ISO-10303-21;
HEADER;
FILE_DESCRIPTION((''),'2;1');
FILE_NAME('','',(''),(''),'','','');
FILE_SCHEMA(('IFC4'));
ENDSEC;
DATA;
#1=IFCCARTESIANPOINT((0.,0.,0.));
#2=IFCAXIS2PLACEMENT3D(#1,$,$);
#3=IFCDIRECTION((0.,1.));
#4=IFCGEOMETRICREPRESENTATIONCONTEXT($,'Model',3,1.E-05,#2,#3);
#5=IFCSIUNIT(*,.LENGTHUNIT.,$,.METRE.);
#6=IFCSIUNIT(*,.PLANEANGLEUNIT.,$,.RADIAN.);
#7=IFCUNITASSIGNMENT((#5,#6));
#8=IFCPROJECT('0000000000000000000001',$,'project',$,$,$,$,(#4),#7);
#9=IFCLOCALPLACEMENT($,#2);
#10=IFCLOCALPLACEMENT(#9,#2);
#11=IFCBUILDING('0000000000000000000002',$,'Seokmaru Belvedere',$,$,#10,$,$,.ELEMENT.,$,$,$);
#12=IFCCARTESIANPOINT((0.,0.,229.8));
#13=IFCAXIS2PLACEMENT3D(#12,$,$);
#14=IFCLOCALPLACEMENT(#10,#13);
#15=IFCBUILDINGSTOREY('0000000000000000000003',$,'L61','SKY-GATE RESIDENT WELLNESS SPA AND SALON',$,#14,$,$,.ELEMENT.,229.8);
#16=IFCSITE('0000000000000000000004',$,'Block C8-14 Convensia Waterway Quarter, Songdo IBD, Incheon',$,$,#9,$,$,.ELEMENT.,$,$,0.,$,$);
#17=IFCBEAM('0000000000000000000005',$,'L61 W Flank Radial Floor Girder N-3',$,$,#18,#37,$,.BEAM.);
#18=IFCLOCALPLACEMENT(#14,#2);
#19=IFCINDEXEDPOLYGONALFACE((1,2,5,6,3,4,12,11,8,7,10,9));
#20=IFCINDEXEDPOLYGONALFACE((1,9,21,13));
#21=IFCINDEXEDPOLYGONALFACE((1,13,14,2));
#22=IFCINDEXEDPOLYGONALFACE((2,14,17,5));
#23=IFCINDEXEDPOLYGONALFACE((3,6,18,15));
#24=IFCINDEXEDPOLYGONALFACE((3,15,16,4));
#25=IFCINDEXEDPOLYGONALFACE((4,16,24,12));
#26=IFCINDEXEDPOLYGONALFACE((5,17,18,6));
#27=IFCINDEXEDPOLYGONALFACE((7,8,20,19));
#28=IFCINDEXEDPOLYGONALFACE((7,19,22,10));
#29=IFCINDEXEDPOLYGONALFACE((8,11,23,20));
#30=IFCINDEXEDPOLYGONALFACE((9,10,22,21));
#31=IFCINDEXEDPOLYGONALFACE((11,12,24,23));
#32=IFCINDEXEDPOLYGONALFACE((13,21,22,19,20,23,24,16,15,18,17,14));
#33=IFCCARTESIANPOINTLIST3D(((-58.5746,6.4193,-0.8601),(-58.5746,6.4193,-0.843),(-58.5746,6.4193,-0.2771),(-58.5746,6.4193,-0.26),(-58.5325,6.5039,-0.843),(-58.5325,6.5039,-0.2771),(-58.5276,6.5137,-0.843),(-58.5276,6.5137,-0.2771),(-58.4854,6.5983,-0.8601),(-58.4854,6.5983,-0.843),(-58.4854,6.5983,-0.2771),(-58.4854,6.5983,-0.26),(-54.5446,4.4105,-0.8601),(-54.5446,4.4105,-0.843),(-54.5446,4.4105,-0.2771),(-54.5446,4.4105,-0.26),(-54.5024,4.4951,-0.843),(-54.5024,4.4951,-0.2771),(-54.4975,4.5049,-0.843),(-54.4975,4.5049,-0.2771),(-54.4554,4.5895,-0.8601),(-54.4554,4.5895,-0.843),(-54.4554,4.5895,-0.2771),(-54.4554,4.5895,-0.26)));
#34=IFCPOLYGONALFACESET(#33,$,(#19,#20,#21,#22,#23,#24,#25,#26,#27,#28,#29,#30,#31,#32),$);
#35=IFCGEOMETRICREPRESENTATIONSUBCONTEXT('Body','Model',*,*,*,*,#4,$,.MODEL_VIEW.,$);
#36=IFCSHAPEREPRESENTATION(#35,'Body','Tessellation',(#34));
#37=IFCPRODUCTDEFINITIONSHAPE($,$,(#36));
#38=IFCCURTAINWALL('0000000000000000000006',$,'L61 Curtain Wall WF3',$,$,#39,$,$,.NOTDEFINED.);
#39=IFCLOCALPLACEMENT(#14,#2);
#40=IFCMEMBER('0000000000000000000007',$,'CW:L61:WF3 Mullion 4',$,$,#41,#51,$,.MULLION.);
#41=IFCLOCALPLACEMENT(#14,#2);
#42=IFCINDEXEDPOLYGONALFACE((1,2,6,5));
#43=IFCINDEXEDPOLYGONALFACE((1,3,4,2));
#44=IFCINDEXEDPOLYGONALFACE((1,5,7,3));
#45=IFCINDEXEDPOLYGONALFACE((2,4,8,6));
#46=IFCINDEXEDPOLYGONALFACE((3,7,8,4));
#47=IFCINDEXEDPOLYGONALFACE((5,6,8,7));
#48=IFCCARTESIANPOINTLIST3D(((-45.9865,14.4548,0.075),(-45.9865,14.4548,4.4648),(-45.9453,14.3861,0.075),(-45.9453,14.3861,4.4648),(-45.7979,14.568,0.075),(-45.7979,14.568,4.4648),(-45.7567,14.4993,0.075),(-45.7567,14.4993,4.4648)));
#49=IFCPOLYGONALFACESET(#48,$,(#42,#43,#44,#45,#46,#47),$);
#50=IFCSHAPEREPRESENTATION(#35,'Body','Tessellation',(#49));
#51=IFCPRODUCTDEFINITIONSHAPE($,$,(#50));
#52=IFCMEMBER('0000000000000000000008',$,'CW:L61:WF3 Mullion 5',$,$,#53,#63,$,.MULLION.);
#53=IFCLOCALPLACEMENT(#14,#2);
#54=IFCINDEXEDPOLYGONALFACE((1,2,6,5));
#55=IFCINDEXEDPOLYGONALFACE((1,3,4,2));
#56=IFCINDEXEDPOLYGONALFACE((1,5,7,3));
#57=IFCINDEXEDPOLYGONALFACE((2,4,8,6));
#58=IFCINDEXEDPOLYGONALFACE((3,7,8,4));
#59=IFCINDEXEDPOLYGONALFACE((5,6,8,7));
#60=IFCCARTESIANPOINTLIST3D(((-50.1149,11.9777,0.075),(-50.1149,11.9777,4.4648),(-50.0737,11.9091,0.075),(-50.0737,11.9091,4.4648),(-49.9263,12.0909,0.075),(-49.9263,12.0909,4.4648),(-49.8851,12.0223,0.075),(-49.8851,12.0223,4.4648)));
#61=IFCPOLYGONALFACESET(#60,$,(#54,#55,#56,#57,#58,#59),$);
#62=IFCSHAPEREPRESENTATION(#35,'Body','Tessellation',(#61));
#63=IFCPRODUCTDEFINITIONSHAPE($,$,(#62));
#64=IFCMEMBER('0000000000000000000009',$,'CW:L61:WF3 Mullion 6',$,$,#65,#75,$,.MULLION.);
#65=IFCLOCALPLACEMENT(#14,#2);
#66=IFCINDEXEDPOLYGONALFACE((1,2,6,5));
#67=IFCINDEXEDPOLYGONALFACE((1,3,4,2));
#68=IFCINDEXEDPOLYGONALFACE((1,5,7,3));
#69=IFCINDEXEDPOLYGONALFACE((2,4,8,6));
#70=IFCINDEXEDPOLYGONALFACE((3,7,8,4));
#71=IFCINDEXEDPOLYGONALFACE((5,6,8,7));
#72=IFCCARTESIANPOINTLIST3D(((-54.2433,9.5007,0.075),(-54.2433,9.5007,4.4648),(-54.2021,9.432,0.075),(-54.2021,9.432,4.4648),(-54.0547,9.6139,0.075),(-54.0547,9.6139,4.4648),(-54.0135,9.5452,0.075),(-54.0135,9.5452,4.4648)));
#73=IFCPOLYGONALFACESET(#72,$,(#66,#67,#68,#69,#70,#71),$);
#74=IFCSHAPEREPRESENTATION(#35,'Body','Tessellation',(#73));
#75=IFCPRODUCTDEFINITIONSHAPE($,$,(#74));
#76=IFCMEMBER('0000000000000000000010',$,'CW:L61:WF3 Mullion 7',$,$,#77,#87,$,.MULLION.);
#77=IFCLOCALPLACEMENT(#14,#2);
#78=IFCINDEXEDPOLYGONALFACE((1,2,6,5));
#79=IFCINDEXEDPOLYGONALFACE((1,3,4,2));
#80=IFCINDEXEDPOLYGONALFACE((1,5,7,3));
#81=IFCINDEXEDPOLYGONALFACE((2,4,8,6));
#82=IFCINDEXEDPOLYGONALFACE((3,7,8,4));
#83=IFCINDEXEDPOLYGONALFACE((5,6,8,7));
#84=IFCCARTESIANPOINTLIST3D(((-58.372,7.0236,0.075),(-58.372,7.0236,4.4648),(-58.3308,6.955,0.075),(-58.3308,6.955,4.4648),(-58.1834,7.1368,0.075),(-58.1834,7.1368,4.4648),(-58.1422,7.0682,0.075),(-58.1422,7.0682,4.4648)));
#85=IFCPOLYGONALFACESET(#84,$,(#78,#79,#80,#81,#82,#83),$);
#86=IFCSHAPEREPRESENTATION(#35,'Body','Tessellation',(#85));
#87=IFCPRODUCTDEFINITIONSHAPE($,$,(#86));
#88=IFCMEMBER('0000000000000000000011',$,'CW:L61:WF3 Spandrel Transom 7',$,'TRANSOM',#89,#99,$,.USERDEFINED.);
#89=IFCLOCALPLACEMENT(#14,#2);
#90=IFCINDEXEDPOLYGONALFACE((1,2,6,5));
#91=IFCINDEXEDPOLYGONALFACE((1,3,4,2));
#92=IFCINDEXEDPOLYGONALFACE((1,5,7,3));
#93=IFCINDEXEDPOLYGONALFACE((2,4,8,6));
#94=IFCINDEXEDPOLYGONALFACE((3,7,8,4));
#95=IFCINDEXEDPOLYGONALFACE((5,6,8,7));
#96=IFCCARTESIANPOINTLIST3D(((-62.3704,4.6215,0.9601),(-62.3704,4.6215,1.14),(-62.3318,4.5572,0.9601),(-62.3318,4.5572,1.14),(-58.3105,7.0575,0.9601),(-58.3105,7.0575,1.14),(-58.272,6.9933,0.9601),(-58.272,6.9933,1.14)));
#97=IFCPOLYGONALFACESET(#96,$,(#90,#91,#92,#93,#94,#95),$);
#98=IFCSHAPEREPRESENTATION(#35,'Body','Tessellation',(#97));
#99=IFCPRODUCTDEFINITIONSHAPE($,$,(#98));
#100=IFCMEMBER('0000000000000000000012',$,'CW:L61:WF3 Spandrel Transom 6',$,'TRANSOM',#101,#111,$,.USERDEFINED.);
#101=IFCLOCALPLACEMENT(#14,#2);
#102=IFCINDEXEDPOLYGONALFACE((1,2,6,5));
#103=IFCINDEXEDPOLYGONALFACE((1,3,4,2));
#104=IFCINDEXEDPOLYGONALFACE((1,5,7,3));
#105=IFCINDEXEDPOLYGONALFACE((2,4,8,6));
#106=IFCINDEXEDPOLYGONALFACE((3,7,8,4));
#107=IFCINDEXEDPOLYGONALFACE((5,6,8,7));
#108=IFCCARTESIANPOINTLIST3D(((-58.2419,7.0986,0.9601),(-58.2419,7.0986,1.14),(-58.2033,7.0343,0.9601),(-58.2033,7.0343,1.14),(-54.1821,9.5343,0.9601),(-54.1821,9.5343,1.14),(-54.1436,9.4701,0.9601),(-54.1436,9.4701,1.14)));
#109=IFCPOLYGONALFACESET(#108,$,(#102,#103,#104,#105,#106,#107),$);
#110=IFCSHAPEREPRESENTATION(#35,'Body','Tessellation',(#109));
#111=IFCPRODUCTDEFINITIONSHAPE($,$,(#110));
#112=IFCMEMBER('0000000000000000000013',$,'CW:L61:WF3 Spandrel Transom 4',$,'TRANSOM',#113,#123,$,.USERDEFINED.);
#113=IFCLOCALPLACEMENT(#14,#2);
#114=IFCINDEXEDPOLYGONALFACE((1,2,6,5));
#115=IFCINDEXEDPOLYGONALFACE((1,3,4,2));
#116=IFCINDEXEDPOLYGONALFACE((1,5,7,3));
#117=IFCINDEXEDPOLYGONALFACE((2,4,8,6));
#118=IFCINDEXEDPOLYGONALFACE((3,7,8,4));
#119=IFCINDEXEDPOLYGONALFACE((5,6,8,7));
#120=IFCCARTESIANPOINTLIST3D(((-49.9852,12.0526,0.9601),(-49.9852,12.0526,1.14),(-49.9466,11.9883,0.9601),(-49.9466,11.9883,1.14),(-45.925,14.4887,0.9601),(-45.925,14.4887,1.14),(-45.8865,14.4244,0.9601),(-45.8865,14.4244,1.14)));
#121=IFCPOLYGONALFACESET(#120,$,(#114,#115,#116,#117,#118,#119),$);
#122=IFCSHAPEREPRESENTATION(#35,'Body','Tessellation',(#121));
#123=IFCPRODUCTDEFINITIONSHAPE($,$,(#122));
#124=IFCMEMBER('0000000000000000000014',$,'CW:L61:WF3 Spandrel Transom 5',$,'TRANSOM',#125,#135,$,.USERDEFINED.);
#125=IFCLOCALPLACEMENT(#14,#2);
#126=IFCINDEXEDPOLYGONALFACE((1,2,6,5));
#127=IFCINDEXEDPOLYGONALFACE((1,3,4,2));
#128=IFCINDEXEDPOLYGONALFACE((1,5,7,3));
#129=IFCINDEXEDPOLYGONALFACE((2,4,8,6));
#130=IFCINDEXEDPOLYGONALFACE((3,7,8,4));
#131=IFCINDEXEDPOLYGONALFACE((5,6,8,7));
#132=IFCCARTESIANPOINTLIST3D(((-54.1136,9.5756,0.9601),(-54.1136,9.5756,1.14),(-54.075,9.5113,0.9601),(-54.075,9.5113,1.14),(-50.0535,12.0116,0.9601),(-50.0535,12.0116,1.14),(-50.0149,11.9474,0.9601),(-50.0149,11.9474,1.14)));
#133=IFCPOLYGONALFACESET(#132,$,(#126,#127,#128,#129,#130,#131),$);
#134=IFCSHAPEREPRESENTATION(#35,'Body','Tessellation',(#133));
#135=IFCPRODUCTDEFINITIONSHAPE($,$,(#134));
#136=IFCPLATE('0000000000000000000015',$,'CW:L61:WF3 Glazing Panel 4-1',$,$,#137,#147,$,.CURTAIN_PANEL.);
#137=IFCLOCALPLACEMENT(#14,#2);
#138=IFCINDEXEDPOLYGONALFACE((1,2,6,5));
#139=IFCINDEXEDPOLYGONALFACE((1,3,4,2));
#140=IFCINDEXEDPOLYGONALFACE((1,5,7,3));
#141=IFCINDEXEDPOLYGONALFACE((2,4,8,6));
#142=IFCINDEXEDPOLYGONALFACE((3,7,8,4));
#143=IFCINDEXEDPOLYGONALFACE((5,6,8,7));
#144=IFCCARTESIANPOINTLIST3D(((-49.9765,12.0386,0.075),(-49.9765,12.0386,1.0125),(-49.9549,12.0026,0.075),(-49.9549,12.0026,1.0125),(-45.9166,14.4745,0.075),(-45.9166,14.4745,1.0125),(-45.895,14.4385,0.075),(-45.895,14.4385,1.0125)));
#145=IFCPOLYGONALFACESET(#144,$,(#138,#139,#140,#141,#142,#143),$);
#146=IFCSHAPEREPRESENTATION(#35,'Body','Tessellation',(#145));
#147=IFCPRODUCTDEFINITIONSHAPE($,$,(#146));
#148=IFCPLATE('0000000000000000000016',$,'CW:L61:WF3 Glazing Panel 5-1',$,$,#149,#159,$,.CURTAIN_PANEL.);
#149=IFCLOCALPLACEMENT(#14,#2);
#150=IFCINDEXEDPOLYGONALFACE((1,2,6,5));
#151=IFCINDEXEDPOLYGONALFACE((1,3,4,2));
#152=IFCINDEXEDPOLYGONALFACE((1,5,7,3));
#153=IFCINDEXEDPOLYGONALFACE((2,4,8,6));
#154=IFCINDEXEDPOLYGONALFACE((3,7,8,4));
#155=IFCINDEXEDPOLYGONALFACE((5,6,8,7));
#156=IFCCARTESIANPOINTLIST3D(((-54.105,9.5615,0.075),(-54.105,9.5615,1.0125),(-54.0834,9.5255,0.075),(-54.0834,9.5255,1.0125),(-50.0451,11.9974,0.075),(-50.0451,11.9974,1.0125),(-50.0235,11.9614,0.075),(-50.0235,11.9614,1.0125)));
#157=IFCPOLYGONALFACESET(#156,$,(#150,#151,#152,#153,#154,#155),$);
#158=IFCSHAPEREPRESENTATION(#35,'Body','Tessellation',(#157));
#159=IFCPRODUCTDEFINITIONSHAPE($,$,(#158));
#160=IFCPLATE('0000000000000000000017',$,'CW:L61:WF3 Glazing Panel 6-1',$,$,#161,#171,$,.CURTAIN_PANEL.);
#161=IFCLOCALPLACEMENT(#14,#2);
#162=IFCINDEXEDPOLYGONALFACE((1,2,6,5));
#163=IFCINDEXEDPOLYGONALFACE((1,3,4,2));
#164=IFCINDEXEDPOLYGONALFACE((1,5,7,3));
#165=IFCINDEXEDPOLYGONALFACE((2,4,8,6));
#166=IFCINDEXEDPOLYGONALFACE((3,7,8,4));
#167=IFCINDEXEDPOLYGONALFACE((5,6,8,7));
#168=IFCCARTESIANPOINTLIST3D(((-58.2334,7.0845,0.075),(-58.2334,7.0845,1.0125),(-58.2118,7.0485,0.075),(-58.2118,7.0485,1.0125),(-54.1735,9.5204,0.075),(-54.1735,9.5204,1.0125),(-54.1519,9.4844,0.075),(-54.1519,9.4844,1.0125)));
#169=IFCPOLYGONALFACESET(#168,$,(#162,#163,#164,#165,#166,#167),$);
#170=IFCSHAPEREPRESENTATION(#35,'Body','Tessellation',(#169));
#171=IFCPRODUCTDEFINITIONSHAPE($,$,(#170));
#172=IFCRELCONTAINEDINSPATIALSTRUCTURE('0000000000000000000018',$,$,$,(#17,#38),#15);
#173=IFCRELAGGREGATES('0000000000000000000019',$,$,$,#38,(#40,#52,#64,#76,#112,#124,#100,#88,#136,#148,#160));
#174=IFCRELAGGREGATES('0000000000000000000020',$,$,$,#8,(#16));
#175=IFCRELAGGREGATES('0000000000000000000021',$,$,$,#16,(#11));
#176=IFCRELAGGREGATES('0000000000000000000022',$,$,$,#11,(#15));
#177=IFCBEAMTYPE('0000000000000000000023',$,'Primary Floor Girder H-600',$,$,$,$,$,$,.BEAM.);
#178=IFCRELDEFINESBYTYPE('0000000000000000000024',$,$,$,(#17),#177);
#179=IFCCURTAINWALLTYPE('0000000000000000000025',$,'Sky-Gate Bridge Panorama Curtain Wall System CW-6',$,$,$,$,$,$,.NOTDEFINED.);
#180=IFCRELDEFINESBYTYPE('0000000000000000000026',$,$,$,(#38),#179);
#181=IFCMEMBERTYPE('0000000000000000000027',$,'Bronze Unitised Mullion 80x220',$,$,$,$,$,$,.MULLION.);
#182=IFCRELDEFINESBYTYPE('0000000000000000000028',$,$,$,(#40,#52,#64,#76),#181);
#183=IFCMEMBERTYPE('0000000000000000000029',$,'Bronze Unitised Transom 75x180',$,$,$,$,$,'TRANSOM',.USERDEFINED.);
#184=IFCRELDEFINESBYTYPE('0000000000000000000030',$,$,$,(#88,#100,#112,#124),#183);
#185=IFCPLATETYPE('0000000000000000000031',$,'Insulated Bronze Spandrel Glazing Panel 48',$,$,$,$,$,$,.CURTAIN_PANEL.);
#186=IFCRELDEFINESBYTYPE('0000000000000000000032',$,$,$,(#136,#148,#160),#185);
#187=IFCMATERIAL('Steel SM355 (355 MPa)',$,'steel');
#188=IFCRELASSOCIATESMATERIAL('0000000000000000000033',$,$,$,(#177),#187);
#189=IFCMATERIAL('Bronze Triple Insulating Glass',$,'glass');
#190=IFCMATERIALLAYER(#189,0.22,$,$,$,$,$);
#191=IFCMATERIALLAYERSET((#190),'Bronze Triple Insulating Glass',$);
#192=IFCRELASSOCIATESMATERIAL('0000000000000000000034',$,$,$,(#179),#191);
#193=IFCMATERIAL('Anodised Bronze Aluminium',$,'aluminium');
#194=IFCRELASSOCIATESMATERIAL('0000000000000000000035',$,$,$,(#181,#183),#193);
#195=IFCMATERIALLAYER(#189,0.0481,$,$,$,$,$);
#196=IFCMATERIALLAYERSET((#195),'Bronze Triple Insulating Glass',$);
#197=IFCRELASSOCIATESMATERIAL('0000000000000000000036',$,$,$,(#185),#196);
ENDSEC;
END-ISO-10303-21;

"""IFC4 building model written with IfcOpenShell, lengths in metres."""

from ifc_helpers import new_model, si_unit, direction, frame, origin, origin_2d, place, context, subcontext, project, spatial, rectangle, i_section, extrude, source, transform, mapped, material, layer, layer_set, material_profile, profile_set, type_object, type_shapes, element, aggregate, save


model = new_model("IFC4")

# Units and contexts
model_context = context("Model", 3, precision=1e-05, world=origin(), true_north=direction((0.0, 1.0)))
body_context = subcontext(model_context, "Body", "Model", "MODEL_VIEW")
ifc_project = project(units=[si_unit("LENGTHUNIT", "METRE"), si_unit("PLANEANGLEUNIT", "RADIAN")], contexts=[model_context])

# Site, building, storey
site_placement = place(None, origin())
site = spatial("IfcSite", under=ifc_project, at=site_placement, Name="Block C8-14 Convensia Waterway Quarter, Songdo IBD, Incheon", CompositionType="ELEMENT", RefElevation=0.0)
building_placement = place(site_placement, origin())
building = spatial("IfcBuilding", under=site, at=building_placement, Name="Seokmaru Belvedere", CompositionType="ELEMENT")
storey_placement = place(building_placement, frame((0.0, 0.0, 229.8)))
storey = spatial("IfcBuildingStorey", under=building, at=storey_placement, Name="L61", Description="SKY-GATE RESIDENT WELLNESS SPA AND SALON", CompositionType="ELEMENT", Elevation=229.8)

# Shared definitions
ifc_material_1 = material(Name="Steel SM355 (355 MPa)", Category="steel")

# Beam
ifc_material_profile_1 = material_profile(ifc_material_1, i_section(OverallWidth=0.2, OverallDepth=0.6001, WebThickness=0.011, FlangeThickness=0.0171, at=origin_2d()), Name="H-600x200x11x17")
ifc_profile_set_1 = profile_set([ifc_material_profile_1], Name="Steel SM355 (355 MPa)")
beam_type_1 = type_object("IfcBeamType", Name="Primary Floor Girder H-600", PredefinedType="BEAM", material=ifc_profile_set_1)
shared_shape_1 = source(origin(), body_context, "Body", "SweptSolid", [
    extrude(i_section(OverallWidth=0.2, OverallDepth=0.6001, WebThickness=0.011, FlangeThickness=0.0171, at=origin_2d()), origin(), (0.0, 0.0, 1.0), 4.5029),
])
beam_1_placement = place(storey_placement, frame((-58.53, 6.5088, -0.5601), z_axis=(0.89498, -0.446107, 0.0), x_axis=(0.446107, 0.89498, 0.0)))
element("IfcBeam", 1, at=beam_1_placement, inside=storey, type_object=beam_type_1, Name="L61 W Flank Radial Floor Girder N-3", PredefinedType="BEAM", context=body_context, shape_type="MappedRepresentation", body=[
    mapped(shared_shape_1, transform((0.0, 0.0, 0.0), scale=1.0)),
])

# Curtain wall, members, plates
ifc_material_2 = material(Name="Bronze Triple Insulating Glass", Category="glass")
ifc_layer_1 = layer(ifc_material_2, 0.22)
ifc_layer_set_1 = layer_set([ifc_layer_1], Name="Bronze Triple Insulating Glass")
curtain_wall_type = type_object("IfcCurtainWallType", Name="Sky-Gate Bridge Panorama Curtain Wall System CW-6", PredefinedType="NOTDEFINED", material=ifc_layer_set_1)
curtain_wall_placement = place(storey_placement, origin())
curtain_wall = element("IfcCurtainWall", 2, at=curtain_wall_placement, inside=storey, type_object=curtain_wall_type, Name="L61 Curtain Wall WF3", PredefinedType="NOTDEFINED")
ifc_material_3 = material(Name="Anodised Bronze Aluminium", Category="aluminium")
ifc_material_profile_2 = material_profile(ifc_material_3, rectangle(XDim=0.0801, YDim=0.22, at=origin_2d()), Name="CW-M-80x220")
ifc_profile_set_2 = profile_set([ifc_material_profile_2], Name="Anodised Bronze Aluminium")
member_type_1 = type_object("IfcMemberType", Name="Bronze Unitised Mullion 80x220", PredefinedType="MULLION", material=ifc_profile_set_2)
shared_shape_2 = source(origin(), body_context, "Body", "SweptSolid", [
    extrude(rectangle(XDim=0.0801, YDim=0.22, at=origin_2d()), origin(), (0.0, 0.0, 1.0), 4.3899),
])
type_shapes(member_type_1, [shared_shape_2])
member_1_placement = place(storey_placement, frame((-45.8716, 14.4771, 0.075), z_axis=(0.0, 0.0, 1.0), x_axis=(0.514495, -0.857493, 0.0)))
member_1 = element("IfcMember", 3, at=member_1_placement, type_object=member_type_1, Name="CW:L61:WF3 Mullion 4", PredefinedType="MULLION", context=body_context, shape_type="MappedRepresentation", body=[
    mapped(shared_shape_2, transform((0.0, 0.0, 0.0), scale=1.0)),
])
member_2_placement = place(storey_placement, frame((-50.0, 12.0, 0.075), z_axis=(0.0, 0.0, 1.0), x_axis=(0.514495, -0.857493, 0.0)))
member_2 = element("IfcMember", 4, at=member_2_placement, type_object=member_type_1, Name="CW:L61:WF3 Mullion 5", PredefinedType="MULLION", context=body_context, shape_type="MappedRepresentation", body=[
    mapped(shared_shape_2, transform((0.0, 0.0, 0.0), scale=1.0)),
])
member_3_placement = place(storey_placement, frame((-54.1284, 9.5229, 0.075), z_axis=(0.0, 0.0, 1.0), x_axis=(0.514495, -0.857493, 0.0)))
member_3 = element("IfcMember", 5, at=member_3_placement, type_object=member_type_1, Name="CW:L61:WF3 Mullion 6", PredefinedType="MULLION", context=body_context, shape_type="MappedRepresentation", body=[
    mapped(shared_shape_2, transform((0.0, 0.0, 0.0), scale=1.0)),
])
member_4_placement = place(storey_placement, frame((-58.2571, 7.0459, 0.075), z_axis=(0.0, 0.0, 1.0), x_axis=(0.514495, -0.857493, 0.0)))
member_4 = element("IfcMember", 6, at=member_4_placement, type_object=member_type_1, Name="CW:L61:WF3 Mullion 7", PredefinedType="MULLION", context=body_context, shape_type="MappedRepresentation", body=[
    mapped(shared_shape_2, transform((0.0, 0.0, 0.0), scale=1.0)),
])
ifc_material_profile_3 = material_profile(ifc_material_3, rectangle(XDim=0.075, YDim=0.1799, at=origin_2d()), Name="CW-T-75x180")
ifc_profile_set_3 = profile_set([ifc_material_profile_3], Name="Anodised Bronze Aluminium")
member_type_2 = type_object("IfcMemberType", Name="Bronze Unitised Transom 75x180", ElementType="TRANSOM", PredefinedType="USERDEFINED", material=ifc_profile_set_3)
shared_shape_3 = source(origin(), body_context, "Body", "SweptSolid", [
    extrude(rectangle(XDim=0.075, YDim=0.1799, at=origin_2d()), origin(), (0.0, 0.0, 1.0), 4.7346),
])
member_5_placement = place(storey_placement, frame((-58.2913, 7.0254, 1.05), z_axis=(-0.857479, -0.514519, 0.0), x_axis=(0.514519, -0.857479, 0.0)))
member_5 = element("IfcMember", 7, at=member_5_placement, type_object=member_type_2, Name="CW:L61:WF3 Spandrel Transom 7", ObjectType="TRANSOM", PredefinedType="USERDEFINED", context=body_context, shape_type="MappedRepresentation", body=[
    mapped(shared_shape_3, transform((0.0, 0.0, 0.0), scale=1.0)),
])
shared_shape_4 = source(origin(), body_context, "Body", "SweptSolid", [
    extrude(rectangle(XDim=0.075, YDim=0.1799, at=origin_2d()), origin(), (0.0, 0.0, 1.0), 4.7344),
])
member_6_placement = place(storey_placement, frame((-54.1628, 9.5022, 1.05), z_axis=(-0.857502, -0.514481, 0.0), x_axis=(0.514481, -0.857502, 0.0)))
member_6 = element("IfcMember", 8, at=member_6_placement, type_object=member_type_2, Name="CW:L61:WF3 Spandrel Transom 6", ObjectType="TRANSOM", PredefinedType="USERDEFINED", context=body_context, shape_type="MappedRepresentation", body=[
    mapped(shared_shape_4, transform((0.0, 0.0, 0.0), scale=1.0)),
])
shared_shape_5 = source(origin(), body_context, "Body", "SweptSolid", [
    extrude(rectangle(XDim=0.075, YDim=0.1799, at=origin_2d()), origin(), (0.0, 0.0, 1.0), 4.7349),
])
type_shapes(member_type_2, [shared_shape_3, shared_shape_4, shared_shape_5])
member_7_placement = place(storey_placement, frame((-45.9058, 14.4565, 1.05), z_axis=(-0.857493, -0.514496, 0.0), x_axis=(0.514496, -0.857493, 0.0)))
member_7 = element("IfcMember", 9, at=member_7_placement, type_object=member_type_2, Name="CW:L61:WF3 Spandrel Transom 4", ObjectType="TRANSOM", PredefinedType="USERDEFINED", context=body_context, shape_type="MappedRepresentation", body=[
    mapped(shared_shape_5, transform((0.0, 0.0, 0.0), scale=1.0)),
])
member_8_placement = place(storey_placement, frame((-50.0342, 11.9795, 1.05), z_axis=(-0.857493, -0.514496, 0.0), x_axis=(0.514496, -0.857493, 0.0)))
member_8 = element("IfcMember", 10, at=member_8_placement, type_object=member_type_2, Name="CW:L61:WF3 Spandrel Transom 5", ObjectType="TRANSOM", PredefinedType="USERDEFINED", context=body_context, shape_type="MappedRepresentation", body=[
    mapped(shared_shape_5, transform((0.0, 0.0, 0.0), scale=1.0)),
])
ifc_layer_2 = layer(ifc_material_2, 0.0481)
ifc_layer_set_2 = layer_set([ifc_layer_2], Name="Bronze Triple Insulating Glass")
plate_type_1 = type_object("IfcPlateType", Name="Insulated Bronze Spandrel Glazing Panel 48", PredefinedType="CURTAIN_PANEL", material=ifc_layer_set_2)
shared_shape_6 = source(origin(), body_context, "Body", "SweptSolid", [
    extrude(rectangle(XDim=4.7346, YDim=0.042, at=origin_2d()), origin(), (0.0, 0.0, 1.0), 0.9375),
])
type_shapes(plate_type_1, [shared_shape_6])
plate_1_placement = place(storey_placement, frame((-47.9358, 13.2385, 0.075), z_axis=(0.0, 0.0, 1.0), x_axis=(-0.857493, -0.514495, 0.0)))
plate_1 = element("IfcPlate", 11, at=plate_1_placement, type_object=plate_type_1, Name="CW:L61:WF3 Glazing Panel 4-1", PredefinedType="CURTAIN_PANEL", context=body_context, shape_type="MappedRepresentation", body=[
    mapped(shared_shape_6, transform((0.0, 0.0, 0.0), scale=1.0)),
])
plate_2_placement = place(storey_placement, frame((-52.0642, 10.7615, 0.075), z_axis=(0.0, 0.0, 1.0), x_axis=(-0.857493, -0.514495, 0.0)))
plate_2 = element("IfcPlate", 12, at=plate_2_placement, type_object=plate_type_1, Name="CW:L61:WF3 Glazing Panel 5-1", PredefinedType="CURTAIN_PANEL", context=body_context, shape_type="MappedRepresentation", body=[
    mapped(shared_shape_6, transform((0.0, 0.0, 0.0), scale=1.0)),
])
plate_3_placement = place(storey_placement, frame((-56.1926, 8.2844, 0.075), z_axis=(0.0, 0.0, 1.0), x_axis=(-0.857493, -0.514495, 0.0)))
plate_3 = element("IfcPlate", 13, at=plate_3_placement, type_object=plate_type_1, Name="CW:L61:WF3 Glazing Panel 6-1", PredefinedType="CURTAIN_PANEL", context=body_context, shape_type="MappedRepresentation", body=[
    mapped(shared_shape_6, transform((0.0, 0.0, 0.0), scale=1.0)),
])
aggregate(curtain_wall, [member_1, member_2, member_3, member_4, member_7, member_8, member_6, member_5, plate_1, plate_2, plate_3])

save(model, "model.ifc")
